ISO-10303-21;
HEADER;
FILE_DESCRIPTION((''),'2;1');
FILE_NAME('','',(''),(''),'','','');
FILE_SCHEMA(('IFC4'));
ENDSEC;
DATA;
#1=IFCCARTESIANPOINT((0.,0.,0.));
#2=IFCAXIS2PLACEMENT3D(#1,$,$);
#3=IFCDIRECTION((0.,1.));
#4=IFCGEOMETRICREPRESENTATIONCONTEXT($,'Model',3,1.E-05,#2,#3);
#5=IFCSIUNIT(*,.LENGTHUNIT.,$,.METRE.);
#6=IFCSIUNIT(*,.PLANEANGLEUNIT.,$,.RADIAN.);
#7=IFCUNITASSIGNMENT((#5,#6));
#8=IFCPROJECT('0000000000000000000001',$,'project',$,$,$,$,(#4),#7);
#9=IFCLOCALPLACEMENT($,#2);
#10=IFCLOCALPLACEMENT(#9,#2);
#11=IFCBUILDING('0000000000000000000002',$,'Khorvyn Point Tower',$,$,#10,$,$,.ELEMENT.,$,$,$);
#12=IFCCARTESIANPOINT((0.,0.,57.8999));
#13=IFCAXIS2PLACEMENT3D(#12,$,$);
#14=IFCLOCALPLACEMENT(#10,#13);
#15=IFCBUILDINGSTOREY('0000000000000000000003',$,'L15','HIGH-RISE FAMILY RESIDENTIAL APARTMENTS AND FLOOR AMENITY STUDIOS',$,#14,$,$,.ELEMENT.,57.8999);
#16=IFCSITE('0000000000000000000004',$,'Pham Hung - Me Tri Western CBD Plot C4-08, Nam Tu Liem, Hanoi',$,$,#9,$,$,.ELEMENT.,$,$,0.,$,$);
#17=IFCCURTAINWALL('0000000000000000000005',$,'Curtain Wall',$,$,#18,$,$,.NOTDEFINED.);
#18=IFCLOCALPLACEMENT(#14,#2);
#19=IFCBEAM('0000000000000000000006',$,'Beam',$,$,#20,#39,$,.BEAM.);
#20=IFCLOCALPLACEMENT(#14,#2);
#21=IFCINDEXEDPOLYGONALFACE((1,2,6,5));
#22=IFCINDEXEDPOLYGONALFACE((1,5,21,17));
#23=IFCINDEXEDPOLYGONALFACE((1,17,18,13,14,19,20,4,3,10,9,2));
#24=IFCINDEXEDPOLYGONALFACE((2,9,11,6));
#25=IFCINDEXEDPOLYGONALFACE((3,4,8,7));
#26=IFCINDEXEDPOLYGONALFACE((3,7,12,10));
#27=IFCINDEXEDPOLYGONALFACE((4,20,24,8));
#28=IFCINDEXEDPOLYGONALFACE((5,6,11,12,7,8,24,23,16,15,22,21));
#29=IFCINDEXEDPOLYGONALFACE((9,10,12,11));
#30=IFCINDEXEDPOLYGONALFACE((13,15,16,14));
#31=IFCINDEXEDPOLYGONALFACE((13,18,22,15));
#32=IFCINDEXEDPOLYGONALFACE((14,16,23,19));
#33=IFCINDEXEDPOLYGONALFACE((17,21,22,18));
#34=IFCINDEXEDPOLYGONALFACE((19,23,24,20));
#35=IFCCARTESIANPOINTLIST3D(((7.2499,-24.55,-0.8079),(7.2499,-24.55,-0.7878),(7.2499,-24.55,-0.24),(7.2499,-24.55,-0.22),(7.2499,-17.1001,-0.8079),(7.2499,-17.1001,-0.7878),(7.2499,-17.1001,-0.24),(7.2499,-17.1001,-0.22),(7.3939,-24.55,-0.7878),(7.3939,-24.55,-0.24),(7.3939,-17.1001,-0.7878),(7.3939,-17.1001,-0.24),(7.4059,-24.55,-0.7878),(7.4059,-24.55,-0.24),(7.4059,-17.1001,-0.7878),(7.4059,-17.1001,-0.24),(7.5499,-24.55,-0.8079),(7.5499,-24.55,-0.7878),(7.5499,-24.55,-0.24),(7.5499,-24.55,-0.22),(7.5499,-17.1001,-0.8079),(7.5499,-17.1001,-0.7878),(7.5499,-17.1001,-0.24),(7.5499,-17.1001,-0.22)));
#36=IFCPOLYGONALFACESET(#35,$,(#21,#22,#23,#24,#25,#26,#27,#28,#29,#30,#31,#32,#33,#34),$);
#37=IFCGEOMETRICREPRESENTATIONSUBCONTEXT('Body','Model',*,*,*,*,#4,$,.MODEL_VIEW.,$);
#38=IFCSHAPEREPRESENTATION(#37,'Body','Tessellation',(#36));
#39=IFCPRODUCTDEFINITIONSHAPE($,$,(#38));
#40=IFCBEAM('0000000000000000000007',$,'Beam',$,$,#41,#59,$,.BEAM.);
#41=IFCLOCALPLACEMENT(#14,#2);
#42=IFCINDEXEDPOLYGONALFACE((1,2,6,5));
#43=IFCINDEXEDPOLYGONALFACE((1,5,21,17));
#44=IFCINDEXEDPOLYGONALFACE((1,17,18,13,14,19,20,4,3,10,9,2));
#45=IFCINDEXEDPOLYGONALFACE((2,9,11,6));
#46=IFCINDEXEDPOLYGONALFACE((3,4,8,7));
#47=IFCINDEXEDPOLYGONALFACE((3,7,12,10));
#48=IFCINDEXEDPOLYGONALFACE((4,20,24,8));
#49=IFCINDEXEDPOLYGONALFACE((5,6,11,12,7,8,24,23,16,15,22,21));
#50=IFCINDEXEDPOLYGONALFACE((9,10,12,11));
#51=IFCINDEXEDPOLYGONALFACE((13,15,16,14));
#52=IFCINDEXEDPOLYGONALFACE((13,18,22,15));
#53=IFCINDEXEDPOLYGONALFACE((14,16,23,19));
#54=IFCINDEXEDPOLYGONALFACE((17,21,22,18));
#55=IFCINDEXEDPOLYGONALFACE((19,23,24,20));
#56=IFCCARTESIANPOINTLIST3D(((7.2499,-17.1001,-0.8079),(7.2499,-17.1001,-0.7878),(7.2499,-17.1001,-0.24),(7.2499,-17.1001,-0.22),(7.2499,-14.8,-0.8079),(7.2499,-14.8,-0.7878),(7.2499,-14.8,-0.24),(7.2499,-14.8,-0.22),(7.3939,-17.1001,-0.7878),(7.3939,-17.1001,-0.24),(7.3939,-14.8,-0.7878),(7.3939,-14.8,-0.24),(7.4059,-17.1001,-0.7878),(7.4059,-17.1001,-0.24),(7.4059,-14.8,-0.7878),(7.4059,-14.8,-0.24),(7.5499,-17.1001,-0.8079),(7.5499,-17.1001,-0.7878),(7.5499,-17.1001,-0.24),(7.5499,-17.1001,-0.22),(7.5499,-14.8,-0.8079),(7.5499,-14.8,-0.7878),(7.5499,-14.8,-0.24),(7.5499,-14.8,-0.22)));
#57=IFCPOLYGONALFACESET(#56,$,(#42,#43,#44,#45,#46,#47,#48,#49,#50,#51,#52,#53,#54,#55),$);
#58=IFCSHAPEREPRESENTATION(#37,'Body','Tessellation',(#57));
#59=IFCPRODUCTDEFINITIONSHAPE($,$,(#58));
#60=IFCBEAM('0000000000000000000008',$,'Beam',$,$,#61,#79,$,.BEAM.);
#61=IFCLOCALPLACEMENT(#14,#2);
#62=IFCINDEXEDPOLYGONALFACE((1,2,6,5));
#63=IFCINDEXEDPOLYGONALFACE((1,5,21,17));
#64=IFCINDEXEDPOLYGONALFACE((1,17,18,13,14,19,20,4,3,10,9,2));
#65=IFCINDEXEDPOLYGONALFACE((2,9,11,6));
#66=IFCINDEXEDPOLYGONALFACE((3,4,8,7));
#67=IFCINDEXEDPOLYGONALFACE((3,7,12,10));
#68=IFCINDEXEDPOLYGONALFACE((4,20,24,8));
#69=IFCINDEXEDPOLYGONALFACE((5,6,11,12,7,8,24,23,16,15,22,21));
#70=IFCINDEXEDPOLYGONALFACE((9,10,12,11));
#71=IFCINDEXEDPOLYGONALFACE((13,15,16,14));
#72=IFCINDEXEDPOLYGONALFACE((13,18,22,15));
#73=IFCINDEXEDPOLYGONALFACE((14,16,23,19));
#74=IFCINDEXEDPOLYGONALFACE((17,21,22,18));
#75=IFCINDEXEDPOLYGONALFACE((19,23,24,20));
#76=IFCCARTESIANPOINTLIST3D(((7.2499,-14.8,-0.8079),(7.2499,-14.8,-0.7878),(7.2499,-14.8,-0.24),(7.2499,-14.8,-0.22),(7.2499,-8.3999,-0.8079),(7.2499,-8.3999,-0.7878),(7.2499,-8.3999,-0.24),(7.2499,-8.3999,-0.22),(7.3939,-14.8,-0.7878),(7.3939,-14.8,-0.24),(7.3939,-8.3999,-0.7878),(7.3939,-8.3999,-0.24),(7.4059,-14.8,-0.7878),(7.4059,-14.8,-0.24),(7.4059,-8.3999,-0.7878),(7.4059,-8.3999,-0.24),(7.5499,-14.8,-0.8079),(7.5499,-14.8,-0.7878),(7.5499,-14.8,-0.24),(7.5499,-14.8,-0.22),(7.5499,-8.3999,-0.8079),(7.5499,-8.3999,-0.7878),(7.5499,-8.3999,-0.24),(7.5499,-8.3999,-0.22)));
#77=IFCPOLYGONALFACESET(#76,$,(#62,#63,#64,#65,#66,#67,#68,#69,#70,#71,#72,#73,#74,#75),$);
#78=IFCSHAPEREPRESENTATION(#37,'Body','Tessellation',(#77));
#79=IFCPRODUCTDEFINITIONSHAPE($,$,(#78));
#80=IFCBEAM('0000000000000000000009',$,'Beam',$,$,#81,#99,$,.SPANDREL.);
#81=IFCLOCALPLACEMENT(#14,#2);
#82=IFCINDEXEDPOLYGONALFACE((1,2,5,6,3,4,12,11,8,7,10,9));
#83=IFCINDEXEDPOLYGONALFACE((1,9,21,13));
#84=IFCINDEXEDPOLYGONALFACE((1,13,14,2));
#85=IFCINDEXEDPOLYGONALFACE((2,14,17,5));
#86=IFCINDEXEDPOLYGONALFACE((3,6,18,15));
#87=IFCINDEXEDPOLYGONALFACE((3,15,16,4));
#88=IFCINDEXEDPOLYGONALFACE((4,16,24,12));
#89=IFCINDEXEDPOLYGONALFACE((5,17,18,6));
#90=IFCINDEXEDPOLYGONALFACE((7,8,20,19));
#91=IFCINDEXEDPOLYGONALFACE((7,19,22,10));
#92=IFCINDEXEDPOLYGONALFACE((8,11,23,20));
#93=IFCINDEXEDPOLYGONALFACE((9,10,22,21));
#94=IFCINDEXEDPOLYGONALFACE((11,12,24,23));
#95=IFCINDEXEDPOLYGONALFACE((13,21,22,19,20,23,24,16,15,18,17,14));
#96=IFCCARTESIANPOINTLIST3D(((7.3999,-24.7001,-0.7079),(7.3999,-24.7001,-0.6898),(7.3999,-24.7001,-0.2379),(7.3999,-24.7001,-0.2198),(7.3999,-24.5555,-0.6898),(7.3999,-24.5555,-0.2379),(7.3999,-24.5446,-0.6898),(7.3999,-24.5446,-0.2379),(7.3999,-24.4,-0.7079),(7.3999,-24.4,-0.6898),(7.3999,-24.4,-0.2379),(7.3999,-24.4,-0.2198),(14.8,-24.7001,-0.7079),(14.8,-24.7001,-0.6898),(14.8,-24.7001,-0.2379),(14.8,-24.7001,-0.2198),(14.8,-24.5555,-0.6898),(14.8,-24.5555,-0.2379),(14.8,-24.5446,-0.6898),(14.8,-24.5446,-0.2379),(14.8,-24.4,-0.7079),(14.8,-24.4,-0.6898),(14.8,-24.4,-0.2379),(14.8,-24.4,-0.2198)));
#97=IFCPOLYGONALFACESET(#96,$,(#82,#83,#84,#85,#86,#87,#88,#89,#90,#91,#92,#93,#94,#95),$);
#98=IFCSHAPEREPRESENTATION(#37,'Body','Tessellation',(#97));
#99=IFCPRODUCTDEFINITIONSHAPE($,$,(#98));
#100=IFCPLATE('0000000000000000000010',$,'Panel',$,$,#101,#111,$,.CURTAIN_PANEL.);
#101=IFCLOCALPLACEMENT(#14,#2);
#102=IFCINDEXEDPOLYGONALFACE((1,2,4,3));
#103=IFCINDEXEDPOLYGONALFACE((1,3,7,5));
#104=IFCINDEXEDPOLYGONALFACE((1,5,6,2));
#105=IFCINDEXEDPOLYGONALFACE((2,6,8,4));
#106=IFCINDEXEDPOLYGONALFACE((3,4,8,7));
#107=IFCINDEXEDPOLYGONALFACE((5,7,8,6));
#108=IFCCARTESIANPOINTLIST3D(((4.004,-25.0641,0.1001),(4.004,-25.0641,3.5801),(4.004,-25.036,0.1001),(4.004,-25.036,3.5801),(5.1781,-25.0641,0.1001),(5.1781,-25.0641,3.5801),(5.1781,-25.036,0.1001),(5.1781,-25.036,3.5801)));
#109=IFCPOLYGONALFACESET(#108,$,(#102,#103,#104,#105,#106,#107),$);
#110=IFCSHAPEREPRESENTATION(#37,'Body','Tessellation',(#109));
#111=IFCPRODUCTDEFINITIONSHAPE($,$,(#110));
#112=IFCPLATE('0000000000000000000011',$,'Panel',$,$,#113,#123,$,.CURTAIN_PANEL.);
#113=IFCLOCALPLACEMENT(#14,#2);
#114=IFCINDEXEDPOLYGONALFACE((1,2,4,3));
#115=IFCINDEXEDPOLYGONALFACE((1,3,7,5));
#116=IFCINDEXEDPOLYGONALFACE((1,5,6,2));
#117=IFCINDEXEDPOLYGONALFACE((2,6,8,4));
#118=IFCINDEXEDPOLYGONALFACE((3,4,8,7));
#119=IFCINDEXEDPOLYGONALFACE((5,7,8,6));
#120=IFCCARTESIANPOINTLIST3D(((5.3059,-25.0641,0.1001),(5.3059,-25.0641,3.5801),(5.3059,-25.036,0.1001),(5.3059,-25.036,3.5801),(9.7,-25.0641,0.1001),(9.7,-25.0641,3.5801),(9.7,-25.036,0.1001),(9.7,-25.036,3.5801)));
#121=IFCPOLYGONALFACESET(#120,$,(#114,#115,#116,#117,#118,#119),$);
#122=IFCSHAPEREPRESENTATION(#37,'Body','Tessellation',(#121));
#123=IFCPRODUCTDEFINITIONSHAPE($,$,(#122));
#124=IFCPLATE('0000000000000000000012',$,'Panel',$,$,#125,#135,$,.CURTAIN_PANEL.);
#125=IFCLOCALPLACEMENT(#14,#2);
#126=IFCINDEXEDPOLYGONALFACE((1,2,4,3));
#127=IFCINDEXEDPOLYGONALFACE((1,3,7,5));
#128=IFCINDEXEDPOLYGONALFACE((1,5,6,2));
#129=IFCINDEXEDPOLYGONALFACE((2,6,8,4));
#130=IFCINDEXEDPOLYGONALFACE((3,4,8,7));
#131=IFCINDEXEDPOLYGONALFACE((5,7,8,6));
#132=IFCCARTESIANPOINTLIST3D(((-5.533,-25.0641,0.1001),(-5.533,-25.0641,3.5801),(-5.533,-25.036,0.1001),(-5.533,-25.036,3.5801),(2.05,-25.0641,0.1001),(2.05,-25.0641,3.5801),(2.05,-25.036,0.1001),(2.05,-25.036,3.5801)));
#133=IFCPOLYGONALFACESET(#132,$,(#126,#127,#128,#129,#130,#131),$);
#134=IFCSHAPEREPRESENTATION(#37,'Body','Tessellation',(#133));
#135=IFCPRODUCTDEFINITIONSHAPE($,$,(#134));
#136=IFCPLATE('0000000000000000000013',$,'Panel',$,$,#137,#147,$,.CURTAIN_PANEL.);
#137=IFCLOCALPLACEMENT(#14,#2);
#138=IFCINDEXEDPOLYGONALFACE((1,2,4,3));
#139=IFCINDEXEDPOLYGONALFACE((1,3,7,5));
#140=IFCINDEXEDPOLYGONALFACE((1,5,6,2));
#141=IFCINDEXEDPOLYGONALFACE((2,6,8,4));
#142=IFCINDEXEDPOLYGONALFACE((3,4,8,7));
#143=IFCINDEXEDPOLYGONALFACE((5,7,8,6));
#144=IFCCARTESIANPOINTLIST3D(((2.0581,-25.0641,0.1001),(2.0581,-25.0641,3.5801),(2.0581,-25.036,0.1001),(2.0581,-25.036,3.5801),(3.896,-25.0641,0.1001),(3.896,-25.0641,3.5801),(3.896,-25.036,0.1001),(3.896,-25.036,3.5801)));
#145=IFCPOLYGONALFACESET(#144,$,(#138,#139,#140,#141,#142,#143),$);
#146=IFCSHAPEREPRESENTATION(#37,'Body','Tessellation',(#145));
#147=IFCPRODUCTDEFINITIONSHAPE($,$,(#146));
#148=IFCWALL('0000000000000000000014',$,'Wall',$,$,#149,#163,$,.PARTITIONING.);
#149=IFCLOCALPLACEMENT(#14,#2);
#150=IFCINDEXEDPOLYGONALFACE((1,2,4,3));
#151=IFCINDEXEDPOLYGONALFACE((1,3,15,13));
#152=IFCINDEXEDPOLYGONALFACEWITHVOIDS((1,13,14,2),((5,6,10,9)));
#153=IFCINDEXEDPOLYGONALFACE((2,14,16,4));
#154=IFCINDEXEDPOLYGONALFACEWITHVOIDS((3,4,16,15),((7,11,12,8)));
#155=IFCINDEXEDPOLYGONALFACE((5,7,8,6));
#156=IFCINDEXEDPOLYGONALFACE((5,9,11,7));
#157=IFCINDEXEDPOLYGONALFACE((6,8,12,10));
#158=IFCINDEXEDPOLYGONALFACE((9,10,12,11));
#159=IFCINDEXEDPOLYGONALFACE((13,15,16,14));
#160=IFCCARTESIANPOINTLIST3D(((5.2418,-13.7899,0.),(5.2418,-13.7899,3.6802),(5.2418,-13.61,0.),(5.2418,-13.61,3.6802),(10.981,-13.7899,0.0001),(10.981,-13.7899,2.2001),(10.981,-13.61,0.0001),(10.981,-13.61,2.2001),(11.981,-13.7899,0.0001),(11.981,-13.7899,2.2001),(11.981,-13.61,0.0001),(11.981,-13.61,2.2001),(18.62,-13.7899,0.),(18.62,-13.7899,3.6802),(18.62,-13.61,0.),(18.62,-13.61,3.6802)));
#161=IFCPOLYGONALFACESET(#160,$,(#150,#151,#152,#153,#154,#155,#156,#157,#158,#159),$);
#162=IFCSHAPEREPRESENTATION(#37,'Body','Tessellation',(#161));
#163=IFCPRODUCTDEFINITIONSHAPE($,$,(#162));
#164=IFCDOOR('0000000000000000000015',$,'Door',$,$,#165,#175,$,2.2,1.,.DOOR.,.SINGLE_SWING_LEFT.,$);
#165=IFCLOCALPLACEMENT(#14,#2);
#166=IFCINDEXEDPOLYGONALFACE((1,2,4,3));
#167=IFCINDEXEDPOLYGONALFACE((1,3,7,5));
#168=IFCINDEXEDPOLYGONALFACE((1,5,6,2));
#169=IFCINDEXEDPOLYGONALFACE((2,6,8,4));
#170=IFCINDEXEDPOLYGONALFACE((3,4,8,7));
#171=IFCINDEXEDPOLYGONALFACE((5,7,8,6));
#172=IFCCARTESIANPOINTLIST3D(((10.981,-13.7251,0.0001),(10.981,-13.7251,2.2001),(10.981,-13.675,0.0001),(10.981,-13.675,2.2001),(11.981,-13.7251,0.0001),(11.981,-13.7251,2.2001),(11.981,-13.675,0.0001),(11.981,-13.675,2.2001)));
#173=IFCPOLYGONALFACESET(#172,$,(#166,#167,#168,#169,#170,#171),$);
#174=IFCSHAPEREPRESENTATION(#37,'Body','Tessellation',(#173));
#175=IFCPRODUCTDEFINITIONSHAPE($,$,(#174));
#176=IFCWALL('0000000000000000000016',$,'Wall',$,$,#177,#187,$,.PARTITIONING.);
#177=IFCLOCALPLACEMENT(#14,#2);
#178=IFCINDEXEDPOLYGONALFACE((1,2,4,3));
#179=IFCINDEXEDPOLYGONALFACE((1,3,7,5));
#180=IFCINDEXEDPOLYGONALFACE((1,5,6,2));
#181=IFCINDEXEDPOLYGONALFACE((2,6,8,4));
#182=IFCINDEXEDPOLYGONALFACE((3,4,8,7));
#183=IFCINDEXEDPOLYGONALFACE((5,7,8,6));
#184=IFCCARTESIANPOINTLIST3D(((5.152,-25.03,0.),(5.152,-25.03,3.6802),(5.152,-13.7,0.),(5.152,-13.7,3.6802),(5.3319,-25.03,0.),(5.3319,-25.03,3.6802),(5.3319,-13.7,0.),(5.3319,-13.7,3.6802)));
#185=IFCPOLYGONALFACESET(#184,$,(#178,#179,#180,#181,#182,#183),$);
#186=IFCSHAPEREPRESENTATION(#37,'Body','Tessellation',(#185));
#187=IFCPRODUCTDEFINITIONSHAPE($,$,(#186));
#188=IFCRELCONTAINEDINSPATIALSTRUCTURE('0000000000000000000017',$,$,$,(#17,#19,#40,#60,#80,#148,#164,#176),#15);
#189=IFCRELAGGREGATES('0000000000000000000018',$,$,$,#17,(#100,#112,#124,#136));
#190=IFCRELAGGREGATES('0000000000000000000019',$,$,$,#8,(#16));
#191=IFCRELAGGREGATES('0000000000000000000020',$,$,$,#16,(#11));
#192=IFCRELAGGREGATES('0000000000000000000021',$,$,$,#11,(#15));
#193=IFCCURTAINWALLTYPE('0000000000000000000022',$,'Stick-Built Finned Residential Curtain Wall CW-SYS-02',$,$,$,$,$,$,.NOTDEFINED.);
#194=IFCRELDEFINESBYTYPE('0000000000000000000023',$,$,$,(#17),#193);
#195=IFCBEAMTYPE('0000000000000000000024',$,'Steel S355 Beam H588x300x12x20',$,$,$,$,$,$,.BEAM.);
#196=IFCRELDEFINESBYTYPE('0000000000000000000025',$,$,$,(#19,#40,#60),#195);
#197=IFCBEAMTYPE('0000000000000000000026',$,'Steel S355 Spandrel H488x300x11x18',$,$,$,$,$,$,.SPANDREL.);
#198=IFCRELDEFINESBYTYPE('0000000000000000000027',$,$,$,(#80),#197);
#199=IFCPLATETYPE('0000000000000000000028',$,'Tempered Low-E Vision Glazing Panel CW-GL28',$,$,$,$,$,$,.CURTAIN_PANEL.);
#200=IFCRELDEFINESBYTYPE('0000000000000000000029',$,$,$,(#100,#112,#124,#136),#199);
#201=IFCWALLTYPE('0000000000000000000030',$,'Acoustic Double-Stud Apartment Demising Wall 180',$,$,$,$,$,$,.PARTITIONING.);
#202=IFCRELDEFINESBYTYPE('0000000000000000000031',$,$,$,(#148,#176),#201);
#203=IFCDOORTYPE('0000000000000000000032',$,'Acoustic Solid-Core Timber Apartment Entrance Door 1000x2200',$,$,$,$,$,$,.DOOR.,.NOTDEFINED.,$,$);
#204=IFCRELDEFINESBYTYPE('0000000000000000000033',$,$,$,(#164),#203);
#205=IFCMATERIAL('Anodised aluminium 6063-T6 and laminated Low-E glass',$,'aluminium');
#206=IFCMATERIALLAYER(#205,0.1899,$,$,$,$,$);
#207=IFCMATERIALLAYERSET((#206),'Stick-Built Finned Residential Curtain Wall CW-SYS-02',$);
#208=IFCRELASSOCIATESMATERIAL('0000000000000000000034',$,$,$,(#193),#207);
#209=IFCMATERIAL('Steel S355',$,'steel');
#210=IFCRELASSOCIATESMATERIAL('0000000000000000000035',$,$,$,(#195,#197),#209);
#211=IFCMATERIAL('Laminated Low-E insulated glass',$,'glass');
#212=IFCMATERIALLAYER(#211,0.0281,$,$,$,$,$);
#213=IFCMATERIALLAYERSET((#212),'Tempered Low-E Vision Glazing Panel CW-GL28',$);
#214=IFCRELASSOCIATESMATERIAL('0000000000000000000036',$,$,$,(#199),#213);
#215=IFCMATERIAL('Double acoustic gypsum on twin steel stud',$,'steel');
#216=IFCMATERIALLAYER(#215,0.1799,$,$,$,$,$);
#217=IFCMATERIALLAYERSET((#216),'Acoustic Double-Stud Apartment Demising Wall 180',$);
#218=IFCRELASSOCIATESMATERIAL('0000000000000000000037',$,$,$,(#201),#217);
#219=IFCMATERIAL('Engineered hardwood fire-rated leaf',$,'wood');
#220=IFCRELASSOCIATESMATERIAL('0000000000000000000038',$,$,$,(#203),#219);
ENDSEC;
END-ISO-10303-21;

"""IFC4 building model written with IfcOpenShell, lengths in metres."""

from ifc_helpers import new_model, si_unit, direction, frame, frame_2d, origin, origin_2d, place, context, subcontext, project, spatial, rectangle, i_section, extrude, material, layer, layer_set, material_profile, profile_set, type_object, element, fill, aggregate, save


model = new_model("IFC4")

# Units and contexts
model_context = context("Model", 3, precision=1e-05, world=origin(), true_north=direction((0.0, 1.0)))
body_context = subcontext(model_context, "Body", "Model", "MODEL_VIEW")
ifc_project = project(units=[si_unit("LENGTHUNIT", "METRE"), si_unit("PLANEANGLEUNIT", "RADIAN")], contexts=[model_context])

# Site, building, storey
site_placement = place(None, origin())
site = spatial("IfcSite", under=ifc_project, at=site_placement, Name="Pham Hung - Me Tri Western CBD Plot C4-08, Nam Tu Liem, Hanoi", CompositionType="ELEMENT", RefElevation=0.0)
building_placement = place(site_placement, origin())
building = spatial("IfcBuilding", under=site, at=building_placement, Name="Khorvyn Point Tower", CompositionType="ELEMENT")
storey_placement = place(building_placement, frame((0.0, 0.0, 57.8999)))
storey = spatial("IfcBuildingStorey", under=building, at=storey_placement, Name="L15", Description="HIGH-RISE FAMILY RESIDENTIAL APARTMENTS AND FLOOR AMENITY STUDIOS", CompositionType="ELEMENT", Elevation=57.8999)

# Curtain wall
ifc_material_1 = material(Name="Anodised aluminium 6063-T6 and laminated Low-E glass", Category="aluminium")
ifc_layer_1 = layer(ifc_material_1, 0.1899)
ifc_layer_set_1 = layer_set([ifc_layer_1], Name="Stick-Built Finned Residential Curtain Wall CW-SYS-02")
curtain_wall_type = type_object("IfcCurtainWallType", Name="Stick-Built Finned Residential Curtain Wall CW-SYS-02", PredefinedType="NOTDEFINED", material=ifc_layer_set_1)
curtain_wall_placement = place(storey_placement, origin())
curtain_wall = element("IfcCurtainWall", 1, at=curtain_wall_placement, inside=storey, type_object=curtain_wall_type, Name="Curtain Wall", PredefinedType="NOTDEFINED")

# Beams
ifc_material_2 = material(Name="Steel S355", Category="steel")
ifc_material_profile_1 = material_profile(ifc_material_2, i_section(OverallWidth=0.3, OverallDepth=0.5879, WebThickness=0.012, FlangeThickness=0.02, at=origin_2d()))
ifc_profile_set_1 = profile_set([ifc_material_profile_1], Name="Steel S355 H588x300x12x20")
beam_type_1 = type_object("IfcBeamType", Name="Steel S355 Beam H588x300x12x20", PredefinedType="BEAM", material=ifc_profile_set_1)
beam_1_placement = place(storey_placement, frame((7.3999, -24.55, -0.5139), z_axis=(0.0, 1.0, 0.0), x_axis=(-1.0, 0.0, 0.0)))
element("IfcBeam", 2, at=beam_1_placement, inside=storey, type_object=beam_type_1, Name="Beam", PredefinedType="BEAM", context=body_context, shape_type="SweptSolid", body=[
    extrude(i_section(OverallWidth=0.3, OverallDepth=0.5879, WebThickness=0.012, FlangeThickness=0.02, at=origin_2d()), origin(), (0.0, 0.0, 1.0), 7.45),
])
beam_2_placement = place(storey_placement, frame((7.3999, -17.1001, -0.5139), z_axis=(0.0, 1.0, 0.0), x_axis=(-1.0, 0.0, 0.0)))
element("IfcBeam", 3, at=beam_2_placement, inside=storey, type_object=beam_type_1, Name="Beam", PredefinedType="BEAM", context=body_context, shape_type="SweptSolid", body=[
    extrude(i_section(OverallWidth=0.3, OverallDepth=0.5879, WebThickness=0.012, FlangeThickness=0.02, at=origin_2d()), origin(), (0.0, 0.0, 1.0), 2.3),
])
beam_3_placement = place(storey_placement, frame((7.3999, -14.8, -0.5139), z_axis=(0.0, 1.0, 0.0), x_axis=(-1.0, 0.0, 0.0)))
element("IfcBeam", 4, at=beam_3_placement, inside=storey, type_object=beam_type_1, Name="Beam", PredefinedType="BEAM", context=body_context, shape_type="SweptSolid", body=[
    extrude(i_section(OverallWidth=0.3, OverallDepth=0.5879, WebThickness=0.012, FlangeThickness=0.02, at=origin_2d()), origin(), (0.0, 0.0, 1.0), 6.4001),
])
ifc_material_profile_2 = material_profile(ifc_material_2, i_section(OverallWidth=0.3, OverallDepth=0.488, WebThickness=0.011, FlangeThickness=0.0181, at=origin_2d()))
ifc_profile_set_2 = profile_set([ifc_material_profile_2], Name="Steel S355 H488x300x11x18")
beam_type_2 = type_object("IfcBeamType", Name="Steel S355 Spandrel H488x300x11x18", PredefinedType="SPANDREL", material=ifc_profile_set_2)
beam_4_placement = place(storey_placement, frame((7.3999, -24.55, -0.4639), z_axis=(1.0, 0.0, 0.0), x_axis=(0.0, 1.0, 0.0)))
element("IfcBeam", 5, at=beam_4_placement, inside=storey, type_object=beam_type_2, Name="Beam", PredefinedType="SPANDREL", context=body_context, shape_type="SweptSolid", body=[
    extrude(i_section(OverallWidth=0.3, OverallDepth=0.488, WebThickness=0.011, FlangeThickness=0.0181, at=origin_2d()), origin(), (0.0, 0.0, 1.0), 7.4001),
])

# Plates
ifc_material_3 = material(Name="Laminated Low-E insulated glass", Category="glass")
ifc_layer_2 = layer(ifc_material_3, 0.0281)
ifc_layer_set_2 = layer_set([ifc_layer_2], Name="Tempered Low-E Vision Glazing Panel CW-GL28")
plate_type = type_object("IfcPlateType", Name="Tempered Low-E Vision Glazing Panel CW-GL28", PredefinedType="CURTAIN_PANEL", material=ifc_layer_set_2)
plate_1_placement = place(storey_placement, frame((4.5911, -25.05, 0.1001), z_axis=(0.0, 0.0, 1.0), x_axis=(-1.0, 0.0, 0.0)))
plate_1 = element("IfcPlate", 6, at=plate_1_placement, type_object=plate_type, Name="Panel", PredefinedType="CURTAIN_PANEL", context=body_context, shape_type="SweptSolid", body=[
    extrude(rectangle(XDim=1.1741, YDim=0.0281, at=origin_2d()), origin(), (0.0, 0.0, 1.0), 3.48),
])
plate_2_placement = place(storey_placement, frame((7.5029, -25.05, 0.1001), z_axis=(0.0, 0.0, 1.0), x_axis=(-1.0, 0.0, 0.0)))
plate_2 = element("IfcPlate", 7, at=plate_2_placement, type_object=plate_type, Name="Panel", PredefinedType="CURTAIN_PANEL", context=body_context, shape_type="SweptSolid", body=[
    extrude(rectangle(XDim=4.394, YDim=0.0281, at=origin_2d()), origin(), (0.0, 0.0, 1.0), 3.48),
])
plate_3_placement = place(storey_placement, frame((-1.7415, -25.05, 0.1001), z_axis=(0.0, 0.0, 1.0), x_axis=(-1.0, 0.0, 0.0)))
plate_3 = element("IfcPlate", 8, at=plate_3_placement, type_object=plate_type, Name="Panel", PredefinedType="CURTAIN_PANEL", context=body_context, shape_type="SweptSolid", body=[
    extrude(rectangle(XDim=7.583, YDim=0.0281, at=origin_2d()), origin(), (0.0, 0.0, 1.0), 3.48),
])
plate_4_placement = place(storey_placement, frame((2.9771, -25.05, 0.1001), z_axis=(0.0, 0.0, 1.0), x_axis=(-1.0, 0.0, 0.0)))
plate_4 = element("IfcPlate", 9, at=plate_4_placement, type_object=plate_type, Name="Panel", PredefinedType="CURTAIN_PANEL", context=body_context, shape_type="SweptSolid", body=[
    extrude(rectangle(XDim=1.8379, YDim=0.0281, at=origin_2d()), origin(), (0.0, 0.0, 1.0), 3.48),
])
aggregate(curtain_wall, [plate_1, plate_2, plate_3, plate_4])

# Wall, opening, door
ifc_material_4 = material(Name="Double acoustic gypsum on twin steel stud", Category="steel")
ifc_layer_3 = layer(ifc_material_4, 0.1799)
ifc_layer_set_3 = layer_set([ifc_layer_3], Name="Acoustic Double-Stud Apartment Demising Wall 180")
wall_type_1 = type_object("IfcWallType", Name="Acoustic Double-Stud Apartment Demising Wall 180", PredefinedType="PARTITIONING", material=ifc_layer_set_3)
wall_1_placement = place(storey_placement, frame((5.2419, -13.7, 0.0), z_axis=(0.0, 0.0, 1.0), x_axis=(1.0, 0.0, 0.0)))
wall_1 = element("IfcWall", 10, at=wall_1_placement, inside=storey, type_object=wall_type_1, Name="Wall", PredefinedType="PARTITIONING", context=body_context, shape_type="SweptSolid", body=[
    extrude(rectangle(XDim=13.3782, YDim=0.1799, at=frame_2d((6.689, 0.0))), origin(), (0.0, 0.0, 1.0), 3.6802),
])
opening_1_placement = place(wall_1_placement, frame((5.739, 0.0, 0.0)))
opening_1 = element("IfcOpeningElement", 11, at=opening_1_placement, cuts=wall_1, PredefinedType="OPENING", context=body_context, shape_type="SweptSolid", body=[
    extrude(rectangle(XDim=1.0, YDim=2.2, at=frame_2d((0.5, 1.1001))), frame((0.0, 0.0999, 0.0), z_axis=(0.0, -1.0, 0.0), x_axis=(1.0, 0.0, 0.0)), (0.0, 0.0, 1.0), 0.2),
])
ifc_material_5 = material(Name="Engineered hardwood fire-rated leaf", Category="wood")
door_type_1 = type_object("IfcDoorType", Name="Acoustic Solid-Core Timber Apartment Entrance Door 1000x2200", OperationType="NOTDEFINED", PredefinedType="DOOR", material=ifc_material_5)
door_1_placement = place(opening_1_placement, origin())
door_1 = element("IfcDoor", 12, at=door_1_placement, inside=storey, type_object=door_type_1, Name="Door", OperationType="SINGLE_SWING_LEFT", OverallHeight=2.2, OverallWidth=1.0, PredefinedType="DOOR", context=body_context, shape_type="SweptSolid", body=[
    extrude(rectangle(XDim=1.0, YDim=2.2, at=frame_2d((0.5, 1.1001))), frame((0.0, 0.0249, 0.0), z_axis=(0.0, -1.0, 0.0), x_axis=(1.0, 0.0, 0.0)), (0.0, 0.0, 1.0), 0.05),
])
fill(opening_1, door_1)

# Wall
wall_2_placement = place(storey_placement, frame((5.2419, -25.03, 0.0), z_axis=(0.0, 0.0, 1.0), x_axis=(0.0, 1.0, 0.0)))
element("IfcWall", 13, at=wall_2_placement, inside=storey, type_object=wall_type_1, Name="Wall", PredefinedType="PARTITIONING", context=body_context, shape_type="SweptSolid", body=[
    extrude(rectangle(XDim=11.3301, YDim=0.1799, at=frame_2d((5.665, 0.0))), origin(), (0.0, 0.0, 1.0), 3.6802),
])

save(model, "model.ifc")
